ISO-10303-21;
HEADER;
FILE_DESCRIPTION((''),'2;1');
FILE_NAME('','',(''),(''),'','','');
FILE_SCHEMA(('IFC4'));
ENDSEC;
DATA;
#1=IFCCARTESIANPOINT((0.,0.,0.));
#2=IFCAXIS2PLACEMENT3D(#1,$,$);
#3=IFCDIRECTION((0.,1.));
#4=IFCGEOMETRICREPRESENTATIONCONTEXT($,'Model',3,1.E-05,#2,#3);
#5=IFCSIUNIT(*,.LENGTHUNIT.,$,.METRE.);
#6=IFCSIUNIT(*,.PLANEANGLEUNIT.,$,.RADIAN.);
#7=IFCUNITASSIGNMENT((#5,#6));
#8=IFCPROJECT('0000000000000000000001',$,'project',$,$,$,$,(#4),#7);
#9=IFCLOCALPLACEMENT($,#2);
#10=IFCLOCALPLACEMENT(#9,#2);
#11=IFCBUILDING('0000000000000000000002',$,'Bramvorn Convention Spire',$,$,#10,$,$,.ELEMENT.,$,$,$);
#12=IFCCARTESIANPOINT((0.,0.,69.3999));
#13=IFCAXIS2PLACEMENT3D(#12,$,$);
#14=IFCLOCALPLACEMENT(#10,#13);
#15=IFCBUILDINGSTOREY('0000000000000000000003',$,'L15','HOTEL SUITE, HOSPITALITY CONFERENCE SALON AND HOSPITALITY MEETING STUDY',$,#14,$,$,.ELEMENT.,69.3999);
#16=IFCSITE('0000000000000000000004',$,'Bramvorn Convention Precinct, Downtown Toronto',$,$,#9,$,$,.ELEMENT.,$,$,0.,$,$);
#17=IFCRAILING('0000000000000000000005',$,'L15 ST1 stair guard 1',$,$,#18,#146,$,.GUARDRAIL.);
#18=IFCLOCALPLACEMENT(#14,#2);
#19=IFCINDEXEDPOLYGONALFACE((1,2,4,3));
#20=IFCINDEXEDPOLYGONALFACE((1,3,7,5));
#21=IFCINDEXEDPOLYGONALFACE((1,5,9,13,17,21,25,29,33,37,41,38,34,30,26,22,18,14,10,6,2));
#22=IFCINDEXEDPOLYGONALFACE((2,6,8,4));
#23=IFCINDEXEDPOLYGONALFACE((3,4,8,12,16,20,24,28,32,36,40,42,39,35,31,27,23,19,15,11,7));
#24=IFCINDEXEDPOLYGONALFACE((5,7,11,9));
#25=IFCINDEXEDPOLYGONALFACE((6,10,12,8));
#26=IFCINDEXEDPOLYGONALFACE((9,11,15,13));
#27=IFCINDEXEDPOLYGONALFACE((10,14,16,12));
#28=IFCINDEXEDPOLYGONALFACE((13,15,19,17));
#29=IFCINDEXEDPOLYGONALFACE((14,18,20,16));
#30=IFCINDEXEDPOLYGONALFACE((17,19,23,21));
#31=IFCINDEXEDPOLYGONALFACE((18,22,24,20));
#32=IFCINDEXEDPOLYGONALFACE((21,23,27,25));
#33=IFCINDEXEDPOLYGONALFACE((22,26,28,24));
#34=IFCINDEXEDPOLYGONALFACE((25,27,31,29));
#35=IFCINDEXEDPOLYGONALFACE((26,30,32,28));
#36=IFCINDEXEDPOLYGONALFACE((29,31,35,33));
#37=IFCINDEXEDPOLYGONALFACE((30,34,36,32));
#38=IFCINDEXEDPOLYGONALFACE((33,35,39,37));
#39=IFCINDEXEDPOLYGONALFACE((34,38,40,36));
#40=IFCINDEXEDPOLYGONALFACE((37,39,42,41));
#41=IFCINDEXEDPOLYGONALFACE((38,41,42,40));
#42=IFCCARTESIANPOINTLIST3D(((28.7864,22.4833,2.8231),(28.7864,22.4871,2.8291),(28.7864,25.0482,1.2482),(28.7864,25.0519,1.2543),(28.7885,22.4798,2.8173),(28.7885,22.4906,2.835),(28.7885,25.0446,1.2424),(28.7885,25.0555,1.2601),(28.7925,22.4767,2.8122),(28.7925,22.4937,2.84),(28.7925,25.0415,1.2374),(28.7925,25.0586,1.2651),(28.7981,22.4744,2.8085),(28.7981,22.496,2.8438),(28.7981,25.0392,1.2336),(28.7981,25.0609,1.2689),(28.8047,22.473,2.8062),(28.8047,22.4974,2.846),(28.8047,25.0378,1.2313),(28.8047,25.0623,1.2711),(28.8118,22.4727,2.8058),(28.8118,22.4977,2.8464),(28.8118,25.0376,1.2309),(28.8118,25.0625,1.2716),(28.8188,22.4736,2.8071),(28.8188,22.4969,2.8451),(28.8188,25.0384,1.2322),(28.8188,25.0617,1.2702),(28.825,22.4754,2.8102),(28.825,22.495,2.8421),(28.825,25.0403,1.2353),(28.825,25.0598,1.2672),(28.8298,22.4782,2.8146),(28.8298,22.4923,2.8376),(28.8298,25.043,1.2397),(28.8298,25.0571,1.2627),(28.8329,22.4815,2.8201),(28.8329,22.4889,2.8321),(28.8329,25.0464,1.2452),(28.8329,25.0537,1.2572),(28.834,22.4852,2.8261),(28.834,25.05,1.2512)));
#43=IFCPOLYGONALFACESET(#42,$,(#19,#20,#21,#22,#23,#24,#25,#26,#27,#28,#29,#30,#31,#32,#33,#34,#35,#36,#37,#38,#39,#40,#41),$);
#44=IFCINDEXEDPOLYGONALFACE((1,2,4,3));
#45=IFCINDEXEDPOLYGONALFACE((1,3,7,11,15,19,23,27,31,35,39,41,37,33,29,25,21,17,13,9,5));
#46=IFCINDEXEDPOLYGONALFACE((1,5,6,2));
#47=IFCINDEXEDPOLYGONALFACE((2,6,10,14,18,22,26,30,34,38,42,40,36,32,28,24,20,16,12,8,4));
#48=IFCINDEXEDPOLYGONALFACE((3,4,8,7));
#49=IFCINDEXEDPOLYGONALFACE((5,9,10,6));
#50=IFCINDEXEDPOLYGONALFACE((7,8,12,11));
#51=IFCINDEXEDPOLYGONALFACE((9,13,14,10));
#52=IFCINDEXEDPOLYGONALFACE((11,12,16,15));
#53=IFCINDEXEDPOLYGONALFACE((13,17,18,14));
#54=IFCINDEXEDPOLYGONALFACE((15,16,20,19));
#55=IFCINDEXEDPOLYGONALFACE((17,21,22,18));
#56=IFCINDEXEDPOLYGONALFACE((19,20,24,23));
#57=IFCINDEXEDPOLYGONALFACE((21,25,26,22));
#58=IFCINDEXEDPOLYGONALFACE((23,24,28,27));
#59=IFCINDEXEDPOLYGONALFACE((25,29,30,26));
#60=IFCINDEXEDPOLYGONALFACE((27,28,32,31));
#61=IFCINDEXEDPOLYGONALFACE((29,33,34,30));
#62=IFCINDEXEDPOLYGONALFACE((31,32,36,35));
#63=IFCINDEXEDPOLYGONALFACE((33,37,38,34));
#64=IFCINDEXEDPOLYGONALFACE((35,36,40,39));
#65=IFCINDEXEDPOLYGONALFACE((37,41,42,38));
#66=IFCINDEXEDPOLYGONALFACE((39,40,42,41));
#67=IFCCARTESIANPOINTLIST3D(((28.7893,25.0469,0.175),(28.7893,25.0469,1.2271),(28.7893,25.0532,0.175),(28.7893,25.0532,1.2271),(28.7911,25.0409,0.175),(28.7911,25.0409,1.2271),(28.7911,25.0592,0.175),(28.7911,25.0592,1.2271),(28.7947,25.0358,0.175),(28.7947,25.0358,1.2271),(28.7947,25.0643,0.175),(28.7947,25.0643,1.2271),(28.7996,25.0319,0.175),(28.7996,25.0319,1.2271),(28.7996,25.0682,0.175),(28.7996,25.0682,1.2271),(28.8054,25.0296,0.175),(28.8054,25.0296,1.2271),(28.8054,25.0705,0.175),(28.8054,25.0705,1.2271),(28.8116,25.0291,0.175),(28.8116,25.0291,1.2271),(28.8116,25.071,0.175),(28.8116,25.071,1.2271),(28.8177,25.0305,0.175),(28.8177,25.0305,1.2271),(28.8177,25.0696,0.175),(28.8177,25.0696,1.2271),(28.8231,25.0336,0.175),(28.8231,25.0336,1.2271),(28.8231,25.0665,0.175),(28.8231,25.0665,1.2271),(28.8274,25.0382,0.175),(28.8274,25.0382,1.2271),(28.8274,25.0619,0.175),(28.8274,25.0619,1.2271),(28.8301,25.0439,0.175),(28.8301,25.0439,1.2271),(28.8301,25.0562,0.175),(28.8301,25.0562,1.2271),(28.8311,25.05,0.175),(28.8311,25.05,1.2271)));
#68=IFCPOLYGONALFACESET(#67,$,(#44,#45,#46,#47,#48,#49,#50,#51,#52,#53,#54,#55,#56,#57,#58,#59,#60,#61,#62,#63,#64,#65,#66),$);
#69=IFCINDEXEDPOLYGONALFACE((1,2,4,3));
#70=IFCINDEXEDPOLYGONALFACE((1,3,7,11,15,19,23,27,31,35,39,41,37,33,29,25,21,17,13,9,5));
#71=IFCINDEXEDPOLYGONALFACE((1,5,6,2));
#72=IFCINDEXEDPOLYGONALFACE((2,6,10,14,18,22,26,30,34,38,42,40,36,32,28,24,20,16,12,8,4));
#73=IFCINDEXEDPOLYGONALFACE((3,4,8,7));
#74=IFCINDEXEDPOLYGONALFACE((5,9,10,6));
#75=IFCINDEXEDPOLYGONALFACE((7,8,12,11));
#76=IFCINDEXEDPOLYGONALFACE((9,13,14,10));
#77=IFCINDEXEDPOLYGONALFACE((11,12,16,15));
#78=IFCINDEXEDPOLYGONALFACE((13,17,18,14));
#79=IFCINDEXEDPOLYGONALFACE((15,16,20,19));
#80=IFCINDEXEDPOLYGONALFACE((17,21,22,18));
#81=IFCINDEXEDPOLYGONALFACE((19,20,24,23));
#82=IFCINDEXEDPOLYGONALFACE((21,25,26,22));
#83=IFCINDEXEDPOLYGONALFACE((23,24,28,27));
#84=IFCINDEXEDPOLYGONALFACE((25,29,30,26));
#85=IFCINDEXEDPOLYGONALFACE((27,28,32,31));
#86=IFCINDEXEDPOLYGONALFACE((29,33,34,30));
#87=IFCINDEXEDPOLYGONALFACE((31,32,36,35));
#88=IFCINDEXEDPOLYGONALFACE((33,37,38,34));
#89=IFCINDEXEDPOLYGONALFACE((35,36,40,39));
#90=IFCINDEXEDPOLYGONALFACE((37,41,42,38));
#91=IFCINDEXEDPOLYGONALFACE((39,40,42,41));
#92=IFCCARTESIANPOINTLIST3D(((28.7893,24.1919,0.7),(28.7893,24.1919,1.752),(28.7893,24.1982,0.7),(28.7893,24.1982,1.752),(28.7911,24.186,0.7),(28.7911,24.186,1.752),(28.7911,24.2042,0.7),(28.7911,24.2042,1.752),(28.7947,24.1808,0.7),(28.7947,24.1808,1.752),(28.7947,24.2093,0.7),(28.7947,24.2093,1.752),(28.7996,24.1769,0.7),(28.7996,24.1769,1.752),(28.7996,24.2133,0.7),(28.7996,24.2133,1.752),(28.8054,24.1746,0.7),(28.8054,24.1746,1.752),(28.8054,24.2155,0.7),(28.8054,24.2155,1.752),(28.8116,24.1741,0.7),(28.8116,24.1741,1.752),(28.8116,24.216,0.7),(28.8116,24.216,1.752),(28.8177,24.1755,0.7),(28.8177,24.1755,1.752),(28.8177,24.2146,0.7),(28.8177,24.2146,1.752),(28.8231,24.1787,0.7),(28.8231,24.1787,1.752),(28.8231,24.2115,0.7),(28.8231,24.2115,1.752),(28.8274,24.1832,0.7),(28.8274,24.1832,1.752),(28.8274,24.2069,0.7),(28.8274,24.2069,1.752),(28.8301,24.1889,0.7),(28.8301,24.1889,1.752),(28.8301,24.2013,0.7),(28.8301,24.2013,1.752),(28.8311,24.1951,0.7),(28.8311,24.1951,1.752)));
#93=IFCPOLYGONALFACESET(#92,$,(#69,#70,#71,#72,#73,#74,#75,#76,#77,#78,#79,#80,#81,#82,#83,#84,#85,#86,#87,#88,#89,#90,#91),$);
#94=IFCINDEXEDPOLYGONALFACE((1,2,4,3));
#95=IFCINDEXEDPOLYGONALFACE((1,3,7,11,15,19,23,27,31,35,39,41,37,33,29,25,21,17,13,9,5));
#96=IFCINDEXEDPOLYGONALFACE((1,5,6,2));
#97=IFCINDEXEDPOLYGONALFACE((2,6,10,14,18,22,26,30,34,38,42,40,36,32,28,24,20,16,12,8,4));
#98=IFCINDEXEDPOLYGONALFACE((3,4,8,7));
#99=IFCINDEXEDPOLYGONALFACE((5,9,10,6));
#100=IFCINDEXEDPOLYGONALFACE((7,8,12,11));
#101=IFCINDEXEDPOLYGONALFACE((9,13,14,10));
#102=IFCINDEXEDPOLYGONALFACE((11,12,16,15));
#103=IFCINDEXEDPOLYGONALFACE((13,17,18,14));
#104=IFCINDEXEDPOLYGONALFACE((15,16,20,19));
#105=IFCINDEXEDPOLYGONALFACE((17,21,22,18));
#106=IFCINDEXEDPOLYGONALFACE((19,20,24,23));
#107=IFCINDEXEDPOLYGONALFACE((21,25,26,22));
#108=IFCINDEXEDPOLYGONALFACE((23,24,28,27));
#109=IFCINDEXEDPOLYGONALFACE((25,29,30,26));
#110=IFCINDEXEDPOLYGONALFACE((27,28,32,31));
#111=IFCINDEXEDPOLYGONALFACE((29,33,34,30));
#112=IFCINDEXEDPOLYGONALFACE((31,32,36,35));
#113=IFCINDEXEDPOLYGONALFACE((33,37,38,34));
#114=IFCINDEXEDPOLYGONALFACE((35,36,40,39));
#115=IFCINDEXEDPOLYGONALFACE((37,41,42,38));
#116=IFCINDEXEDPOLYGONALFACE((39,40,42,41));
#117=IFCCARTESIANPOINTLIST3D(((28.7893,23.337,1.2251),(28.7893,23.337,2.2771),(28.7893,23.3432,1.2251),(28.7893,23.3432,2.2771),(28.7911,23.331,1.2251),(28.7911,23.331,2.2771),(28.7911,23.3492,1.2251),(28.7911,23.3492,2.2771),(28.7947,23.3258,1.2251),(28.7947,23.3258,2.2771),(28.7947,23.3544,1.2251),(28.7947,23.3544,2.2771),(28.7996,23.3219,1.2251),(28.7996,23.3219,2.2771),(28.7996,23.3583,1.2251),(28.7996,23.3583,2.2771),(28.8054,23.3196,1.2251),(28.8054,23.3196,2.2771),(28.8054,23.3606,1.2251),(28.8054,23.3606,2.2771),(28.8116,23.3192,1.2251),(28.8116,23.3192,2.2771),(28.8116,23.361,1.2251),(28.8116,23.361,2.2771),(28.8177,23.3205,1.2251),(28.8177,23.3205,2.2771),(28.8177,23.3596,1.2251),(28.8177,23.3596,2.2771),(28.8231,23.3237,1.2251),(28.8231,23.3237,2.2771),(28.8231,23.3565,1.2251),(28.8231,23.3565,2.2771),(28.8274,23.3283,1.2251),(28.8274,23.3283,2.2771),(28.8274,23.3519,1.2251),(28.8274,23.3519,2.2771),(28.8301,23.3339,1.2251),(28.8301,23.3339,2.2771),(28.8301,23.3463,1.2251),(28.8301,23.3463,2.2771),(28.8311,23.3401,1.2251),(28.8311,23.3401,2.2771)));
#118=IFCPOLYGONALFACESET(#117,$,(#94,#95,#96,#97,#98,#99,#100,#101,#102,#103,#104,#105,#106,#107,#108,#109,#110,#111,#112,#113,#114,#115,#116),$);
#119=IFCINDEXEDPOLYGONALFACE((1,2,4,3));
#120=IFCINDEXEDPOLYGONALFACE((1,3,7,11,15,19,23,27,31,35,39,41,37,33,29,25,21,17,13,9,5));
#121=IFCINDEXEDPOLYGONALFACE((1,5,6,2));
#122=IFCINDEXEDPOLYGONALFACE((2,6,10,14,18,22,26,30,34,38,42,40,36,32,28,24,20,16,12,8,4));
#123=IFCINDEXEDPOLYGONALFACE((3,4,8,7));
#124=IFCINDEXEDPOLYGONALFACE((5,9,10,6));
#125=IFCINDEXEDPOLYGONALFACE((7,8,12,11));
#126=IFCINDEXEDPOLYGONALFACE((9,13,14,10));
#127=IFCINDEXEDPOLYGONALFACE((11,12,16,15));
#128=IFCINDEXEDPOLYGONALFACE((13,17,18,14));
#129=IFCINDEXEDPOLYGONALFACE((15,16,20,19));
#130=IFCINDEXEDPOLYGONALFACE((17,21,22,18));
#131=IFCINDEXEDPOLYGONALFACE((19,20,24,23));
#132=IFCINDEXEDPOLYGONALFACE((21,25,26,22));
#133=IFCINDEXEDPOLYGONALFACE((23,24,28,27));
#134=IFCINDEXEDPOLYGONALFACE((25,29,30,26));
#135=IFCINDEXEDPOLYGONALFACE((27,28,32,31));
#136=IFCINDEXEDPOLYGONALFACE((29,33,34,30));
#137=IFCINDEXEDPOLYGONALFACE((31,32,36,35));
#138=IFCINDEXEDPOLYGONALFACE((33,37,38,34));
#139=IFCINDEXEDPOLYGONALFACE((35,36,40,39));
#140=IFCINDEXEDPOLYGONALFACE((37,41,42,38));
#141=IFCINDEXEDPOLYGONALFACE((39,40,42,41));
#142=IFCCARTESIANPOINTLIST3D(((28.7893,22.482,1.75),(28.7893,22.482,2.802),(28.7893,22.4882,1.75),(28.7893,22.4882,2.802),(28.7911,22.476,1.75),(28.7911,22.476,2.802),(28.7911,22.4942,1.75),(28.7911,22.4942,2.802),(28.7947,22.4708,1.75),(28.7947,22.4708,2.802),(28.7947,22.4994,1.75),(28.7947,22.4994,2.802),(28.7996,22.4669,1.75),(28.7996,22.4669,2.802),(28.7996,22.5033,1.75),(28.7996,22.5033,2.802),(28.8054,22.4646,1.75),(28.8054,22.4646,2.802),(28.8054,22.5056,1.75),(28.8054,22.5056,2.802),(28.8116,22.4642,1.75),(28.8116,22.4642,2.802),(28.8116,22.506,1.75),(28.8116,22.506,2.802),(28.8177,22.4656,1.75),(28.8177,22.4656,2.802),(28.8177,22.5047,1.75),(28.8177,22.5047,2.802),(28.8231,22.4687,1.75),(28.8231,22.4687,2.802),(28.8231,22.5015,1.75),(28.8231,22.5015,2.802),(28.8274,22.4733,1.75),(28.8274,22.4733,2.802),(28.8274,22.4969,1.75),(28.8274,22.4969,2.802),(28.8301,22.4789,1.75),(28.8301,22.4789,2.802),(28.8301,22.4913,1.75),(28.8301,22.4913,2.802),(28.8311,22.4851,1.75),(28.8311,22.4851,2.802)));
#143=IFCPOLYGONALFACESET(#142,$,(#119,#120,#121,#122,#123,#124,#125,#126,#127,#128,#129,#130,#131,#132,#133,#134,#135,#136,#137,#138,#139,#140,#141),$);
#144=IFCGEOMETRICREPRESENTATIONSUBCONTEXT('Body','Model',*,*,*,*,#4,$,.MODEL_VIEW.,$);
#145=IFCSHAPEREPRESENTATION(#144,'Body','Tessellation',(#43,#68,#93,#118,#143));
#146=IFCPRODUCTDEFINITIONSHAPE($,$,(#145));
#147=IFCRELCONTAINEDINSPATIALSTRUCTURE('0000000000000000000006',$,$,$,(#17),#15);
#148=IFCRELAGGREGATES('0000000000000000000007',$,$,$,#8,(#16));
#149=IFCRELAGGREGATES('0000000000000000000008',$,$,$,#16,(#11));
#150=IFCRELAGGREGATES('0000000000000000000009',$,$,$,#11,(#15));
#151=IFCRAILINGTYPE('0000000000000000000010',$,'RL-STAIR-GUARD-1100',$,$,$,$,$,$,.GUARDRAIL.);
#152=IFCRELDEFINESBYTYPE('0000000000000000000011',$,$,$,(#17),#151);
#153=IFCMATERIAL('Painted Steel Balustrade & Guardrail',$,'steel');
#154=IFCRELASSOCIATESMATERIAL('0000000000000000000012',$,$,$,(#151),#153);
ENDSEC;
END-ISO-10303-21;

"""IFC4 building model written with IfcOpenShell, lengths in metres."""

from ifc_helpers import new_model, si_unit, direction, frame, origin, origin_2d, place, context, subcontext, project, spatial, circle, extrude, material, type_object, element, save


model = new_model("IFC4")

# Units and contexts
model_context = context("Model", 3, precision=1e-05, world=origin(), true_north=direction((0.0, 1.0)))
body_context = subcontext(model_context, "Body", "Model", "MODEL_VIEW")
ifc_project = project(units=[si_unit("LENGTHUNIT", "METRE"), si_unit("PLANEANGLEUNIT", "RADIAN")], contexts=[model_context])

# Site, building, storey
site_placement = place(None, origin())
site = spatial("IfcSite", under=ifc_project, at=site_placement, Name="Bramvorn Convention Precinct, Downtown Toronto", CompositionType="ELEMENT", RefElevation=0.0)
building_placement = place(site_placement, origin())
building = spatial("IfcBuilding", under=site, at=building_placement, Name="Bramvorn Convention Spire", CompositionType="ELEMENT")
storey_placement = place(building_placement, frame((0.0, 0.0, 69.3999)))
storey = spatial("IfcBuildingStorey", under=building, at=storey_placement, Name="L15", Description="HOTEL SUITE, HOSPITALITY CONFERENCE SALON AND HOSPITALITY MEETING STUDY", CompositionType="ELEMENT", Elevation=69.3999)

# Railing
ifc_material_1 = material(Name="Painted Steel Balustrade & Guardrail", Category="steel")
railing_type_1 = type_object("IfcRailingType", Name="RL-STAIR-GUARD-1100", PredefinedType="GUARDRAIL", material=ifc_material_1)
railing_1_placement = place(storey_placement, frame((28.8101, 25.05, 0.175)))
element("IfcRailing", 1, at=railing_1_placement, inside=storey, type_object=railing_type_1, Name="L15 ST1 stair guard 1", PredefinedType="GUARDRAIL", context=body_context, shape_type="SweptSolid", body=[
    extrude(circle(Radius=0.0239, at=origin_2d()), frame((0.0, 0.0, 1.0762), z_axis=(0.0, -0.852173, 0.52326), x_axis=(1.0, 0.0, 0.0)), (0.0, 0.0, 1.0), 3.0098),
    extrude(circle(Radius=0.021, at=origin_2d()), origin(), (0.0, 0.0, 1.0), 1.052),
    extrude(circle(Radius=0.021, at=origin_2d()), frame((0.0, -0.855, 0.5249)), (0.0, 0.0, 1.0), 1.052),
    extrude(circle(Radius=0.021, at=origin_2d()), frame((0.0, -1.71, 1.05)), (0.0, 0.0, 1.0), 1.052),
    extrude(circle(Radius=0.021, at=origin_2d()), frame((0.0, -2.5649, 1.575)), (0.0, 0.0, 1.0), 1.052),
])

save(model, "model.ifc")
